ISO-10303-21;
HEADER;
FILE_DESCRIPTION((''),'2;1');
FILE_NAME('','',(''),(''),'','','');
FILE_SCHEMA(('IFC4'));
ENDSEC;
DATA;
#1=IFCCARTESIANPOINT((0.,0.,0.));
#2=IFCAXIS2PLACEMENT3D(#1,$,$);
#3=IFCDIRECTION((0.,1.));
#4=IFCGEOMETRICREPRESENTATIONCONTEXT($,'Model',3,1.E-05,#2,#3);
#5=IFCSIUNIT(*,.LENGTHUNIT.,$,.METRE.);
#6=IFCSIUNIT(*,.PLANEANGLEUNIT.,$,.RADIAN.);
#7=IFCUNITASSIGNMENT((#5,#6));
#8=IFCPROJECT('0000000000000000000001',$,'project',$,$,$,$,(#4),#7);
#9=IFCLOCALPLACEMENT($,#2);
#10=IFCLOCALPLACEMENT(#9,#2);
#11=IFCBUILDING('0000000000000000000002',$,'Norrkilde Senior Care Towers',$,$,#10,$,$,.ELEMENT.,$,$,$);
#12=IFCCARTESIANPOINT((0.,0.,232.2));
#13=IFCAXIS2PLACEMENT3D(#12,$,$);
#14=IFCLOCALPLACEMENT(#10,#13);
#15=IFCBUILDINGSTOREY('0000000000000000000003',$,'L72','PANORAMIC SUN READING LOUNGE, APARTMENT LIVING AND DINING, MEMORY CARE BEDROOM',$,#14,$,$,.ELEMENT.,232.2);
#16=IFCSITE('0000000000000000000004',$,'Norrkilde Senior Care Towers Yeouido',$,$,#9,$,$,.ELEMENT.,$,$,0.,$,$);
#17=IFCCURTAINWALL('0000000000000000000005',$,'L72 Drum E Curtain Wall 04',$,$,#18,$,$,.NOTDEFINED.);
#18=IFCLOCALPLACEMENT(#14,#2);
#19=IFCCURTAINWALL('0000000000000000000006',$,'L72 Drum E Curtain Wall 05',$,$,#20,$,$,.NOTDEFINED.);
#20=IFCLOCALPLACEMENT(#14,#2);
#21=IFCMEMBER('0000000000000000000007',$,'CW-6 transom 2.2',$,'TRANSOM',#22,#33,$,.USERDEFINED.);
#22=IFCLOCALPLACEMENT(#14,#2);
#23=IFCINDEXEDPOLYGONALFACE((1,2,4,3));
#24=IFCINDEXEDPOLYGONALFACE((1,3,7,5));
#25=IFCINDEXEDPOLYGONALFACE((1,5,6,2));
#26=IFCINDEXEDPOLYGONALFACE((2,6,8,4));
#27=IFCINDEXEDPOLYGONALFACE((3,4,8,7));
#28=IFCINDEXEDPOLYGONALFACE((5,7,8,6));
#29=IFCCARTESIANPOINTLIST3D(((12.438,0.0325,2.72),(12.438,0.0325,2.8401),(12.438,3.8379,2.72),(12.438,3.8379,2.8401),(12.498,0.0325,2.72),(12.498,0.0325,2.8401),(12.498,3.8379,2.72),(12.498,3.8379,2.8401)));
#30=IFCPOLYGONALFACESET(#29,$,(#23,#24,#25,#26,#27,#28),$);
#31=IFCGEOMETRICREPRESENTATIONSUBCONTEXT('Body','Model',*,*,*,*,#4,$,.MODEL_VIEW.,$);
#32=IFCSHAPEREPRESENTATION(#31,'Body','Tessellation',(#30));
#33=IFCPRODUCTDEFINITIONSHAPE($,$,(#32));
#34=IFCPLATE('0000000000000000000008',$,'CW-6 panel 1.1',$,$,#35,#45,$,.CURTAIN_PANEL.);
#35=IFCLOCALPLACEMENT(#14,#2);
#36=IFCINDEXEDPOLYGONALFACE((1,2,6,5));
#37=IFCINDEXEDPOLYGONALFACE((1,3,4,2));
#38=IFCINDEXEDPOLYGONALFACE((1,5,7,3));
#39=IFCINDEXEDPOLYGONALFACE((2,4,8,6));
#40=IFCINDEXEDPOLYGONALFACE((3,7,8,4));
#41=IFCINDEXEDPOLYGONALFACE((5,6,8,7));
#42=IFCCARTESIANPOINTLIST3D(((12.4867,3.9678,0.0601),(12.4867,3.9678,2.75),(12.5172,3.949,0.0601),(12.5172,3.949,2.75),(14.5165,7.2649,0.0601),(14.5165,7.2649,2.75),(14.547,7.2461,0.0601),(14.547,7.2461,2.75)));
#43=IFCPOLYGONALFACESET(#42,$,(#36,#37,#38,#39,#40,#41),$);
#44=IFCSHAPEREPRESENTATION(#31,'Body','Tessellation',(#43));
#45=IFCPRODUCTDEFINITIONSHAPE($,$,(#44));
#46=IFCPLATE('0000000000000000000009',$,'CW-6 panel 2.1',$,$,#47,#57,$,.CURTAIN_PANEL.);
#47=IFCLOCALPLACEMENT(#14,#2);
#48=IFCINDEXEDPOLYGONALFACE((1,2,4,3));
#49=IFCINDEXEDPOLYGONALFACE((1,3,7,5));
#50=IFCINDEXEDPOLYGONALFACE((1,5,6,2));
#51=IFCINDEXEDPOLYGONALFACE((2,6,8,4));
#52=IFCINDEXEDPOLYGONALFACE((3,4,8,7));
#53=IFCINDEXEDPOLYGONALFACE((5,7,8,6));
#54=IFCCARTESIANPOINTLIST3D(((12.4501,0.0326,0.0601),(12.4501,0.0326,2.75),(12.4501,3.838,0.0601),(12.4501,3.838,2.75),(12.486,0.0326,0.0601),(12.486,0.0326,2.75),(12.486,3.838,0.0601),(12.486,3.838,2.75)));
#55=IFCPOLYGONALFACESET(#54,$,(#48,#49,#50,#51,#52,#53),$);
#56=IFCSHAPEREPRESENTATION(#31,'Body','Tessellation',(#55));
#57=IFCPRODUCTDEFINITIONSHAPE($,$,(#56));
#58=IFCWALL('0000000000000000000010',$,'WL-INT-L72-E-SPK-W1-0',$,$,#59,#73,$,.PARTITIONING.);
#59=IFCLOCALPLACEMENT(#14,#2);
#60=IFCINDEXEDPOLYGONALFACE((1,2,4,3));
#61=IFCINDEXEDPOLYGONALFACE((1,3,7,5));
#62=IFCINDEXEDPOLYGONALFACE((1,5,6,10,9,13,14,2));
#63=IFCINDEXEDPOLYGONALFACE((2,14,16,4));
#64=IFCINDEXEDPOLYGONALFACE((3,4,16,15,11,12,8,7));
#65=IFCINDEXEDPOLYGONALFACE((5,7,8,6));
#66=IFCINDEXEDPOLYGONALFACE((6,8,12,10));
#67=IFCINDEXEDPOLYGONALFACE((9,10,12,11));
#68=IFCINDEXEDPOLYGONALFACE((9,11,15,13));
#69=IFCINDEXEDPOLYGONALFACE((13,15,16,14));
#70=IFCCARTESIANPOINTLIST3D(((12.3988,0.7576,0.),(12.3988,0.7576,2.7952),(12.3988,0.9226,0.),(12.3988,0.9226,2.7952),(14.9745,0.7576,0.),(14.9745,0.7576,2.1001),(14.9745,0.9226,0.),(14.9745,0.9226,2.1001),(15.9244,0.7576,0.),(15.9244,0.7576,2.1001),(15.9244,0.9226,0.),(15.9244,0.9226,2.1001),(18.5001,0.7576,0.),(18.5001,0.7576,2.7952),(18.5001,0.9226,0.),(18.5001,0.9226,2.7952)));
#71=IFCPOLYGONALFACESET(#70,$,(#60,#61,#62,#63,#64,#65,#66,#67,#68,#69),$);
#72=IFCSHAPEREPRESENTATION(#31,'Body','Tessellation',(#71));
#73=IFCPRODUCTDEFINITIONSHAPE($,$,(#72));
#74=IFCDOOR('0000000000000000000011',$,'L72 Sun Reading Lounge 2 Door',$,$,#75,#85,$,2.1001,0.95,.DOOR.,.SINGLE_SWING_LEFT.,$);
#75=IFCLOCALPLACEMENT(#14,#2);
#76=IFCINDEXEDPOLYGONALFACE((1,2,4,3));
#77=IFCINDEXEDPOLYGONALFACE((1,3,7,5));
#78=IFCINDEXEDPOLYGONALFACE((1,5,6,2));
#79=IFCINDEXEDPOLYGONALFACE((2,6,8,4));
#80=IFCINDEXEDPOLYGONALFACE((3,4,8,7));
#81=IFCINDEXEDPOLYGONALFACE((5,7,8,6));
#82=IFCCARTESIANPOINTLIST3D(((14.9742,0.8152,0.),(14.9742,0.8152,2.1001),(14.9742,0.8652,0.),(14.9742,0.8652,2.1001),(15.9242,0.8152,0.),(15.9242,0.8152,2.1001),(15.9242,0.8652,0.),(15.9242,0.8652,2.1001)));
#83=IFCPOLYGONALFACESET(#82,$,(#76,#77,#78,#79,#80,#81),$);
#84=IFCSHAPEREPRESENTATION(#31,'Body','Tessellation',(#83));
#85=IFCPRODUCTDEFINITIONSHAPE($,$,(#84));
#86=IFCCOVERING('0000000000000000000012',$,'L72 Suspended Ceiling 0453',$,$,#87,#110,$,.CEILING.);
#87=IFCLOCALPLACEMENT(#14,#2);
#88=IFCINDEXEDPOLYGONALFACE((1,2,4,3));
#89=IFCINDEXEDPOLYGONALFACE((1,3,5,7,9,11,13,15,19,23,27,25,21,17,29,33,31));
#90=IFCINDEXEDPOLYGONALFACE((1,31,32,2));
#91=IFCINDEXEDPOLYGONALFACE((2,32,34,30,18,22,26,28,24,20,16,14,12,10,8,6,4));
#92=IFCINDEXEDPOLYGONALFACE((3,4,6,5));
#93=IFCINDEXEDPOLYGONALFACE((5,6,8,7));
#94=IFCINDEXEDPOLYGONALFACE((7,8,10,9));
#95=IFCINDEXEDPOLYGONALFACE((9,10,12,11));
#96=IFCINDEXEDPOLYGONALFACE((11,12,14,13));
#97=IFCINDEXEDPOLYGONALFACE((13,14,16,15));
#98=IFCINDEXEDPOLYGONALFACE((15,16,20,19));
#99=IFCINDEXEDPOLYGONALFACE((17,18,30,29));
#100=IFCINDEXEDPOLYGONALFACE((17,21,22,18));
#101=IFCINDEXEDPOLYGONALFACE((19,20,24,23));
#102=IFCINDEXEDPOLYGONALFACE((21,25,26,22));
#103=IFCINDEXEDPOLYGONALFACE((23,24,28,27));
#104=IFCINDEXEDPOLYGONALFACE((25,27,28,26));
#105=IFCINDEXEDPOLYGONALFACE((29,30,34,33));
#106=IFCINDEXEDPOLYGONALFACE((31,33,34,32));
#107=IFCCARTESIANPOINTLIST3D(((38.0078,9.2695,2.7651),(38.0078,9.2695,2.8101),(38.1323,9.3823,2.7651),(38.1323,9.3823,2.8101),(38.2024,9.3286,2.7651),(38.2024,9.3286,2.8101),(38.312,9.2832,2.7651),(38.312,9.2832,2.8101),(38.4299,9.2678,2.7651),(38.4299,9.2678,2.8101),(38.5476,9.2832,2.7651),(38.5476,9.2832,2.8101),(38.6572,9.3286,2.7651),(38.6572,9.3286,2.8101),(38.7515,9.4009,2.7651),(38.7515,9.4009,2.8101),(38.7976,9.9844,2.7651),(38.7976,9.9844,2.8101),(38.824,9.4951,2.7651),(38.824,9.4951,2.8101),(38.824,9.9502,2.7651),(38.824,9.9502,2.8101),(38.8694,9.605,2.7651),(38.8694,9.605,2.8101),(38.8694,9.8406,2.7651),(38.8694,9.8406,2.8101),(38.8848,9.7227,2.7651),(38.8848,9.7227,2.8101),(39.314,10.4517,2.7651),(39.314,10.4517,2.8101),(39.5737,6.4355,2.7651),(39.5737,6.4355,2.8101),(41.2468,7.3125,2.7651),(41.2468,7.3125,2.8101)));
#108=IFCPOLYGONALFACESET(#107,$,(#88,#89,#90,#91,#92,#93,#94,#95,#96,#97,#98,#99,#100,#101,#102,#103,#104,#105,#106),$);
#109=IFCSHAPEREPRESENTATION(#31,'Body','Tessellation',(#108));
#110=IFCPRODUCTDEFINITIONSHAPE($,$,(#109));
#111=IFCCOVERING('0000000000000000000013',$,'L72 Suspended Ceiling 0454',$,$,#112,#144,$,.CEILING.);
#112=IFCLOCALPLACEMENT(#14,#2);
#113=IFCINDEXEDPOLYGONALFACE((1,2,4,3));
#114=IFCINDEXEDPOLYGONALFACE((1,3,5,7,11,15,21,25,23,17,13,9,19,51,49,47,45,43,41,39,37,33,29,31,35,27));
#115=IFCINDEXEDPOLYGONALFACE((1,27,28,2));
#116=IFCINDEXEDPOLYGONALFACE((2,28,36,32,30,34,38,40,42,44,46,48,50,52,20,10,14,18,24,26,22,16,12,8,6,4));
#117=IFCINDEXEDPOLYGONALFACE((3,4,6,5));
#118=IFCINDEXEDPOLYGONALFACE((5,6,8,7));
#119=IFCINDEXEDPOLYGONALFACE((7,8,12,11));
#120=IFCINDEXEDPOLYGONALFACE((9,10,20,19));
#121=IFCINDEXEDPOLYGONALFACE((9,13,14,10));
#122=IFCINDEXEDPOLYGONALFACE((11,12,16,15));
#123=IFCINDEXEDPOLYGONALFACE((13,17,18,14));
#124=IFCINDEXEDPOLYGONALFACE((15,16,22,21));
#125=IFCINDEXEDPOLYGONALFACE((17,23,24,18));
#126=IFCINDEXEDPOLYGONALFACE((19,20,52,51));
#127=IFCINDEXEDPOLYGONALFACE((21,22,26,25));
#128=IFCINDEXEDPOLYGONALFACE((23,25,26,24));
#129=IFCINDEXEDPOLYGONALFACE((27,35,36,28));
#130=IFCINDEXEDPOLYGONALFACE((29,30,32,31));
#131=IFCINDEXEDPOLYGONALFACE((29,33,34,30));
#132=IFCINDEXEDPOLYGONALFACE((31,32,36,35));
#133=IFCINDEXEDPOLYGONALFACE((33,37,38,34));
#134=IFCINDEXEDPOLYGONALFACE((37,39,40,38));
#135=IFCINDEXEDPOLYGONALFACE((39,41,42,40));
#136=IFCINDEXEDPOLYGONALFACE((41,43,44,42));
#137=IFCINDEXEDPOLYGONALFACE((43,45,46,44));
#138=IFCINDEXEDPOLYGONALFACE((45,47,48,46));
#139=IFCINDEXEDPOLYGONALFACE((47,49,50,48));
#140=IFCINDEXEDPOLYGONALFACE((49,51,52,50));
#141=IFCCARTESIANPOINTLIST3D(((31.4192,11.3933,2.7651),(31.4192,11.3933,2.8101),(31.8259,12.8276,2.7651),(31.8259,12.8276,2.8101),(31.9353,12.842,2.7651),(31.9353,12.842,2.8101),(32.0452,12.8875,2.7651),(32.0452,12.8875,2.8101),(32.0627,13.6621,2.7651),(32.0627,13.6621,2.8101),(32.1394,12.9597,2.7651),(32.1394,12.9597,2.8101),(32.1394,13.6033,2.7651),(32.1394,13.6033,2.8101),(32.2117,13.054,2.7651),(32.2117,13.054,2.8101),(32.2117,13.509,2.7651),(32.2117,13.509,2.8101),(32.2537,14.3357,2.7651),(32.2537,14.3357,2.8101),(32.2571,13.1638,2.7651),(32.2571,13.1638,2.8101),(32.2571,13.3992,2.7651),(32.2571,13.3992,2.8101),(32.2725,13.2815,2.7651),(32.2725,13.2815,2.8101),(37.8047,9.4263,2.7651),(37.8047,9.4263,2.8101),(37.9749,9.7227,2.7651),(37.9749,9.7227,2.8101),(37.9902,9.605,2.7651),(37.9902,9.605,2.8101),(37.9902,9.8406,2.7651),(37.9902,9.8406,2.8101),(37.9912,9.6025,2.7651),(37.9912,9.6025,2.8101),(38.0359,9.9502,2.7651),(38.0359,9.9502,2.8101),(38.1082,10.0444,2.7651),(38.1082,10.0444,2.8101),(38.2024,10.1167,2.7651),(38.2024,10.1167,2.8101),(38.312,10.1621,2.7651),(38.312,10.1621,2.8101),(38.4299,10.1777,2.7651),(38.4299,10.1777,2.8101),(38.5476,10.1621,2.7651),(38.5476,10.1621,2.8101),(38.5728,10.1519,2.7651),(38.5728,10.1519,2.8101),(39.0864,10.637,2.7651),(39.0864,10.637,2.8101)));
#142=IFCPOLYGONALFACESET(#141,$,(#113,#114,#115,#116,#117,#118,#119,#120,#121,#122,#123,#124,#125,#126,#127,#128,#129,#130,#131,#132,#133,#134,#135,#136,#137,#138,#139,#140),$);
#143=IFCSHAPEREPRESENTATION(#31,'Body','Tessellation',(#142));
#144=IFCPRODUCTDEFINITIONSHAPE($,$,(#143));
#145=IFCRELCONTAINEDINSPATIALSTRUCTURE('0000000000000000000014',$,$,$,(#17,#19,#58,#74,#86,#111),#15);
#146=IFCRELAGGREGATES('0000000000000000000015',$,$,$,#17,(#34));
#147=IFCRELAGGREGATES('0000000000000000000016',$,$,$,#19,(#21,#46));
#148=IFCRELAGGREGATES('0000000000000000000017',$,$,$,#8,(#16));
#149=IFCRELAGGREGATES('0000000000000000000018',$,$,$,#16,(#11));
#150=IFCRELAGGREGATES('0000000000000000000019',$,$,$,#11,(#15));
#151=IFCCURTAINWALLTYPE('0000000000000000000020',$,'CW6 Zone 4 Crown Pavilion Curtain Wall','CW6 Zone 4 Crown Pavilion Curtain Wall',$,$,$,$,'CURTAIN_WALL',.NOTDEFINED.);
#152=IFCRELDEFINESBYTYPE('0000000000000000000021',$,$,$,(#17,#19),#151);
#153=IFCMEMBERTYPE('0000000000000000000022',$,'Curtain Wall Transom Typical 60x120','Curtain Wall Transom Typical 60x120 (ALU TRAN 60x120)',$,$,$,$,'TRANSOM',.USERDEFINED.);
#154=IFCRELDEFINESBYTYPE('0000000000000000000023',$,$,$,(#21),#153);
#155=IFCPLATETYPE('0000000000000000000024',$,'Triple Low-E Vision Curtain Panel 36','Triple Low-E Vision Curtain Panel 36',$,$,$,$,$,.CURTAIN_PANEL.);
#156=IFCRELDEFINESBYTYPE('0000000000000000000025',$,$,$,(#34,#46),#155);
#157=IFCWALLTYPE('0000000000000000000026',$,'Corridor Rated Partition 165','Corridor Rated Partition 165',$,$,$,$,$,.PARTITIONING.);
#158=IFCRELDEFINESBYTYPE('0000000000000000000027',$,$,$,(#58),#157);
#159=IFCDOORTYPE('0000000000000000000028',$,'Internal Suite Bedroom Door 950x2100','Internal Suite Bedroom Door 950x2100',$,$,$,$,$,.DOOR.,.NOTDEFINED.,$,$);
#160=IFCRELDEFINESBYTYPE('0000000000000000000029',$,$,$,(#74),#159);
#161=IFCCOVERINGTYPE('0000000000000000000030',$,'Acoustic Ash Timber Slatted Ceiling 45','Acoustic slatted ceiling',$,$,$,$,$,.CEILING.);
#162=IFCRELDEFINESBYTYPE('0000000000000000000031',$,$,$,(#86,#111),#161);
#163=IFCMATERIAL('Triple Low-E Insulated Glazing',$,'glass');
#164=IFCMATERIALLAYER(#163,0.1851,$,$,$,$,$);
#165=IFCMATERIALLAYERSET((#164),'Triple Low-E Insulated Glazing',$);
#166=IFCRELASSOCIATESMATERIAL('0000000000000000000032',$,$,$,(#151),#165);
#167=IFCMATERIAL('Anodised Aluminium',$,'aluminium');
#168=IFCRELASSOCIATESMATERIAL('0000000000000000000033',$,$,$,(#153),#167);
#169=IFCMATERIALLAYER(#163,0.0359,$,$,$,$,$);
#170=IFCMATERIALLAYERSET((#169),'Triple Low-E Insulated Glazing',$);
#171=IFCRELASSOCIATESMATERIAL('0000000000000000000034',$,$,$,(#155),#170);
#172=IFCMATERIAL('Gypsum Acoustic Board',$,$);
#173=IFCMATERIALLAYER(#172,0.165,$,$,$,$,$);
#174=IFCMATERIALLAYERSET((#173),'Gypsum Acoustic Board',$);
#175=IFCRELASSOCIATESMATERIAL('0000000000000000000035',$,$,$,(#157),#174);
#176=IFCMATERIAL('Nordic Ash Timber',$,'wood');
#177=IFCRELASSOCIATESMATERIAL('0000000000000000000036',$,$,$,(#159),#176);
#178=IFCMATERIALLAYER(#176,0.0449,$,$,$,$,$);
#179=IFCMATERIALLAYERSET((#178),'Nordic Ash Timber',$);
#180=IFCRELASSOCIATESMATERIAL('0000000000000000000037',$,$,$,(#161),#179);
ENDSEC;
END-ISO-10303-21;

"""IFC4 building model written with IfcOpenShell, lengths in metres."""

from ifc_helpers import new_model, si_unit, direction, frame, frame_2d, origin, origin_2d, place, context, subcontext, project, spatial, polyline, rectangle, outline, extrude, source, transform, mapped, material, layer, layer_set, material_profile, profile_set, type_object, type_shapes, element, fill, aggregate, save


model = new_model("IFC4")

# Units and contexts
model_context = context("Model", 3, precision=1e-05, world=origin(), true_north=direction((0.0, 1.0)))
body_context = subcontext(model_context, "Body", "Model", "MODEL_VIEW")
ifc_project = project(units=[si_unit("LENGTHUNIT", "METRE"), si_unit("PLANEANGLEUNIT", "RADIAN")], contexts=[model_context])

# Site, building, storey
site_placement = place(None, origin())
site = spatial("IfcSite", under=ifc_project, at=site_placement, Name="Norrkilde Senior Care Towers Yeouido", CompositionType="ELEMENT", RefElevation=0.0)
building_placement = place(site_placement, origin())
building = spatial("IfcBuilding", under=site, at=building_placement, Name="Norrkilde Senior Care Towers", CompositionType="ELEMENT")
storey_placement = place(building_placement, frame((0.0, 0.0, 232.2)))
storey = spatial("IfcBuildingStorey", under=building, at=storey_placement, Name="L72", Description="PANORAMIC SUN READING LOUNGE, APARTMENT LIVING AND DINING, MEMORY CARE BEDROOM", CompositionType="ELEMENT", Elevation=232.2)

# Curtain wall
ifc_material_1 = material(Name="Triple Low-E Insulated Glazing", Category="glass")
ifc_layer_1 = layer(ifc_material_1, 0.1851)
ifc_layer_set_1 = layer_set([ifc_layer_1], Name="Triple Low-E Insulated Glazing")
curtain_wall_type = type_object("IfcCurtainWallType", Name="CW6 Zone 4 Crown Pavilion Curtain Wall", Description="CW6 Zone 4 Crown Pavilion Curtain Wall", ElementType="CURTAIN_WALL", PredefinedType="NOTDEFINED", material=ifc_layer_set_1)
curtain_wall_1_placement = place(storey_placement, origin())
curtain_wall_1 = element("IfcCurtainWall", 1, at=curtain_wall_1_placement, inside=storey, type_object=curtain_wall_type, Name="L72 Drum E Curtain Wall 04", PredefinedType="NOTDEFINED")
ifc_material_2 = material(Name="Anodised Aluminium", Category="aluminium")

# Curtain wall
curtain_wall_2_placement = place(storey_placement, origin())
curtain_wall_2 = element("IfcCurtainWall", 2, at=curtain_wall_2_placement, inside=storey, type_object=curtain_wall_type, Name="L72 Drum E Curtain Wall 05", PredefinedType="NOTDEFINED")

# Member
ifc_material_profile_1 = material_profile(ifc_material_2, rectangle(XDim=0.0601, YDim=0.1201, at=origin_2d()), Name="ALU TRAN 60x120")
ifc_profile_set_1 = profile_set([ifc_material_profile_1], Name="Anodised Aluminium")
member_type_1 = type_object("IfcMemberType", Name="Curtain Wall Transom Typical 60x120", Description="Curtain Wall Transom Typical 60x120 (ALU TRAN 60x120)", ElementType="TRANSOM", PredefinedType="USERDEFINED", material=ifc_profile_set_1)
shared_shape_1 = source(origin(), body_context, "Body", "SweptSolid", [
    extrude(rectangle(XDim=0.0601, YDim=0.1201, at=origin_2d()), origin(), (0.0, 0.0, 1.0), 3.8054),
])
member_1_placement = place(storey_placement, frame((12.468, 0.0325, 2.78), z_axis=(0.0, 1.0, 0.0), x_axis=(-1.0, 0.0, 0.0)))
member_1 = element("IfcMember", 3, at=member_1_placement, type_object=member_type_1, Name="CW-6 transom 2.2", ObjectType="TRANSOM", PredefinedType="USERDEFINED", context=body_context, shape_type="MappedRepresentation", body=[
    mapped(shared_shape_1, transform((0.0, 0.0, 0.0), x_axis=(1.0, 0.0, 0.0), y_axis=(0.0, 1.0, 0.0), z_axis=(0.0, 0.0, 1.0), scale=1.0)),
])

# Plates
ifc_layer_2 = layer(ifc_material_1, 0.0359)
ifc_layer_set_2 = layer_set([ifc_layer_2], Name="Triple Low-E Insulated Glazing")
plate_type = type_object("IfcPlateType", Name="Triple Low-E Vision Curtain Panel 36", Description="Triple Low-E Vision Curtain Panel 36", PredefinedType="CURTAIN_PANEL", material=ifc_layer_set_2)
shared_shape_2 = source(origin(), body_context, "Body", "SweptSolid", [
    extrude(rectangle(XDim=3.8718, YDim=0.0359, at=origin_2d()), origin(), (0.0, 0.0, 1.0), 2.6899),
])
plate_1_placement = place(storey_placement, frame((13.5168, 5.6069, 0.0601), z_axis=(0.0, 0.0, 1.0), x_axis=(0.524253, 0.851563, 0.0)))
plate_1 = element("IfcPlate", 4, at=plate_1_placement, type_object=plate_type, Name="CW-6 panel 1.1", PredefinedType="CURTAIN_PANEL", context=body_context, shape_type="MappedRepresentation", body=[
    mapped(shared_shape_2, transform((0.0, 0.0, 0.0), x_axis=(1.0, 0.0, 0.0), y_axis=(0.0, 1.0, 0.0), z_axis=(0.0, 0.0, 1.0), scale=1.0)),
])
aggregate(curtain_wall_1, [plate_1])
shared_shape_3 = source(origin(), body_context, "Body", "SweptSolid", [
    extrude(rectangle(XDim=3.8054, YDim=0.0359, at=origin_2d()), origin(), (0.0, 0.0, 1.0), 2.6899),
])
type_shapes(plate_type, [shared_shape_2, shared_shape_3])
plate_2_placement = place(storey_placement, frame((12.468, 1.9353, 0.0601), z_axis=(0.0, 0.0, 1.0), x_axis=(0.0, 1.0, 0.0)))
plate_2 = element("IfcPlate", 5, at=plate_2_placement, type_object=plate_type, Name="CW-6 panel 2.1", PredefinedType="CURTAIN_PANEL", context=body_context, shape_type="MappedRepresentation", body=[
    mapped(shared_shape_3, transform((0.0, 0.0, 0.0), x_axis=(1.0, 0.0, 0.0), y_axis=(0.0, 1.0, 0.0), z_axis=(0.0, 0.0, 1.0), scale=1.0)),
])
aggregate(curtain_wall_2, [member_1, plate_2])

# Wall, opening, door
ifc_material_3 = material(Name="Gypsum Acoustic Board")
ifc_layer_3 = layer(ifc_material_3, 0.165)
ifc_layer_set_3 = layer_set([ifc_layer_3], Name="Gypsum Acoustic Board")
wall_type = type_object("IfcWallType", Name="Corridor Rated Partition 165", Description="Corridor Rated Partition 165", PredefinedType="PARTITIONING", material=ifc_layer_set_3)
shared_shape_4 = source(origin(), body_context, "Body", "SweptSolid", [
    extrude(rectangle(XDim=6.1013, YDim=0.165, at=frame_2d((3.0508, 0.0))), origin(), (0.0, 0.0, 1.0), 2.7952),
])
type_shapes(wall_type, [shared_shape_4])
wall_placement = place(storey_placement, frame((12.3987, 0.8401, 0.0), z_axis=(0.0, 0.0, 1.0), x_axis=(1.0, 0.0, 0.0)))
wall = element("IfcWall", 6, at=wall_placement, inside=storey, type_object=wall_type, Name="WL-INT-L72-E-SPK-W1-0", PredefinedType="PARTITIONING", context=body_context, shape_type="MappedRepresentation", body=[
    mapped(shared_shape_4, transform((0.0, 0.0, 0.0), x_axis=(1.0, 0.0, 0.0), y_axis=(0.0, 1.0, 0.0), z_axis=(0.0, 0.0, 1.0), scale=1.0)),
])
opening_placement = place(wall_placement, frame((2.5757, 0.0, 0.0)))
opening = element("IfcOpeningElement", 7, at=opening_placement, cuts=wall, PredefinedType="OPENING", context=body_context, shape_type="SweptSolid", body=[
    extrude(rectangle(XDim=0.95, YDim=2.1001, at=frame_2d((0.4751, 1.05))), frame((0.0, 0.0925, 0.0), z_axis=(0.0, -1.0, 0.0), x_axis=(1.0, 0.0, 0.0)), (0.0, 0.0, 1.0), 0.1851),
])
ifc_material_4 = material(Name="Nordic Ash Timber", Category="wood")
door_type = type_object("IfcDoorType", Name="Internal Suite Bedroom Door 950x2100", Description="Internal Suite Bedroom Door 950x2100", OperationType="NOTDEFINED", PredefinedType="DOOR", material=ifc_material_4)
shared_shape_5 = source(origin(), body_context, "Body", "SweptSolid", [
    extrude(rectangle(XDim=0.95, YDim=2.1001, at=frame_2d((0.4751, 1.05))), frame((0.0, 0.0249, 0.0), z_axis=(0.0, -1.0, 0.0), x_axis=(1.0, 0.0, 0.0)), (0.0, 0.0, 1.0), 0.05),
])
type_shapes(door_type, [shared_shape_5])
door_placement = place(opening_placement, frame((0.95, 0.0, 0.0), z_axis=(0.0, 0.0, 1.0), x_axis=(-1.0, 0.0, 0.0)))
door = element("IfcDoor", 8, at=door_placement, inside=storey, type_object=door_type, Name="L72 Sun Reading Lounge 2 Door", OperationType="SINGLE_SWING_LEFT", OverallHeight=2.1001, OverallWidth=0.95, PredefinedType="DOOR", context=body_context, shape_type="MappedRepresentation", body=[
    mapped(shared_shape_5, transform((0.0, 0.0, 0.0), x_axis=(1.0, 0.0, 0.0), y_axis=(0.0, 1.0, 0.0), z_axis=(0.0, 0.0, 1.0), scale=1.0)),
])
fill(opening, door)

# Coverings
ifc_layer_4 = layer(ifc_material_4, 0.0449)
ifc_layer_set_4 = layer_set([ifc_layer_4], Name="Nordic Ash Timber")
covering_type_1 = type_object("IfcCoveringType", Name="Acoustic Ash Timber Slatted Ceiling 45", Description="Acoustic slatted ceiling", PredefinedType="CEILING", material=ifc_layer_set_4)
covering_1_placement = place(storey_placement, frame((0.0, 0.0, 2.7651)))
element("IfcCovering", 9, at=covering_1_placement, inside=storey, type_object=covering_type_1, Name="L72 Suspended Ceiling 0453", PredefinedType="CEILING", context=body_context, shape_type="SweptSolid", body=[
    extrude(outline(polyline([(39.5737, 6.4355), (38.0078, 9.2695), (38.1323, 9.3823), (38.2024, 9.3286), (38.312, 9.2832), (38.4299, 9.2678), (38.5476, 9.2832), (38.6572, 9.3286), (38.7515, 9.4009), (38.824, 9.4951), (38.8694, 9.605), (38.8848, 9.7227), (38.8694, 9.8406), (38.824, 9.9502), (38.7976, 9.9844), (39.314, 10.4517), (41.2468, 7.3125), (39.5737, 6.4355)])), origin(), (0.0, 0.0, 1.0), 0.0449),
])
covering_2_placement = place(storey_placement, frame((0.0, 0.0, 2.7651)))
element("IfcCovering", 10, at=covering_2_placement, inside=storey, type_object=covering_type_1, Name="L72 Suspended Ceiling 0454", PredefinedType="CEILING", context=body_context, shape_type="SweptSolid", body=[
    extrude(outline(polyline([(38.5728, 10.1519), (38.5476, 10.1621), (38.4299, 10.1777), (38.312, 10.1621), (38.2024, 10.1167), (38.1082, 10.0444), (38.0359, 9.9502), (37.9902, 9.8406), (37.9749, 9.7227), (37.9902, 9.605), (37.9912, 9.6025), (37.8047, 9.4263), (31.4192, 11.3933), (31.8259, 12.8276), (31.9353, 12.842), (32.0452, 12.8875), (32.1394, 12.9597), (32.2117, 13.054), (32.2571, 13.1638), (32.2725, 13.2815), (32.2571, 13.3992), (32.2117, 13.509), (32.1394, 13.6033), (32.0627, 13.6621), (32.2537, 14.3357), (39.0864, 10.637), (38.5728, 10.1519)])), origin(), (0.0, 0.0, 1.0), 0.0449),
])

save(model, "model.ifc")
